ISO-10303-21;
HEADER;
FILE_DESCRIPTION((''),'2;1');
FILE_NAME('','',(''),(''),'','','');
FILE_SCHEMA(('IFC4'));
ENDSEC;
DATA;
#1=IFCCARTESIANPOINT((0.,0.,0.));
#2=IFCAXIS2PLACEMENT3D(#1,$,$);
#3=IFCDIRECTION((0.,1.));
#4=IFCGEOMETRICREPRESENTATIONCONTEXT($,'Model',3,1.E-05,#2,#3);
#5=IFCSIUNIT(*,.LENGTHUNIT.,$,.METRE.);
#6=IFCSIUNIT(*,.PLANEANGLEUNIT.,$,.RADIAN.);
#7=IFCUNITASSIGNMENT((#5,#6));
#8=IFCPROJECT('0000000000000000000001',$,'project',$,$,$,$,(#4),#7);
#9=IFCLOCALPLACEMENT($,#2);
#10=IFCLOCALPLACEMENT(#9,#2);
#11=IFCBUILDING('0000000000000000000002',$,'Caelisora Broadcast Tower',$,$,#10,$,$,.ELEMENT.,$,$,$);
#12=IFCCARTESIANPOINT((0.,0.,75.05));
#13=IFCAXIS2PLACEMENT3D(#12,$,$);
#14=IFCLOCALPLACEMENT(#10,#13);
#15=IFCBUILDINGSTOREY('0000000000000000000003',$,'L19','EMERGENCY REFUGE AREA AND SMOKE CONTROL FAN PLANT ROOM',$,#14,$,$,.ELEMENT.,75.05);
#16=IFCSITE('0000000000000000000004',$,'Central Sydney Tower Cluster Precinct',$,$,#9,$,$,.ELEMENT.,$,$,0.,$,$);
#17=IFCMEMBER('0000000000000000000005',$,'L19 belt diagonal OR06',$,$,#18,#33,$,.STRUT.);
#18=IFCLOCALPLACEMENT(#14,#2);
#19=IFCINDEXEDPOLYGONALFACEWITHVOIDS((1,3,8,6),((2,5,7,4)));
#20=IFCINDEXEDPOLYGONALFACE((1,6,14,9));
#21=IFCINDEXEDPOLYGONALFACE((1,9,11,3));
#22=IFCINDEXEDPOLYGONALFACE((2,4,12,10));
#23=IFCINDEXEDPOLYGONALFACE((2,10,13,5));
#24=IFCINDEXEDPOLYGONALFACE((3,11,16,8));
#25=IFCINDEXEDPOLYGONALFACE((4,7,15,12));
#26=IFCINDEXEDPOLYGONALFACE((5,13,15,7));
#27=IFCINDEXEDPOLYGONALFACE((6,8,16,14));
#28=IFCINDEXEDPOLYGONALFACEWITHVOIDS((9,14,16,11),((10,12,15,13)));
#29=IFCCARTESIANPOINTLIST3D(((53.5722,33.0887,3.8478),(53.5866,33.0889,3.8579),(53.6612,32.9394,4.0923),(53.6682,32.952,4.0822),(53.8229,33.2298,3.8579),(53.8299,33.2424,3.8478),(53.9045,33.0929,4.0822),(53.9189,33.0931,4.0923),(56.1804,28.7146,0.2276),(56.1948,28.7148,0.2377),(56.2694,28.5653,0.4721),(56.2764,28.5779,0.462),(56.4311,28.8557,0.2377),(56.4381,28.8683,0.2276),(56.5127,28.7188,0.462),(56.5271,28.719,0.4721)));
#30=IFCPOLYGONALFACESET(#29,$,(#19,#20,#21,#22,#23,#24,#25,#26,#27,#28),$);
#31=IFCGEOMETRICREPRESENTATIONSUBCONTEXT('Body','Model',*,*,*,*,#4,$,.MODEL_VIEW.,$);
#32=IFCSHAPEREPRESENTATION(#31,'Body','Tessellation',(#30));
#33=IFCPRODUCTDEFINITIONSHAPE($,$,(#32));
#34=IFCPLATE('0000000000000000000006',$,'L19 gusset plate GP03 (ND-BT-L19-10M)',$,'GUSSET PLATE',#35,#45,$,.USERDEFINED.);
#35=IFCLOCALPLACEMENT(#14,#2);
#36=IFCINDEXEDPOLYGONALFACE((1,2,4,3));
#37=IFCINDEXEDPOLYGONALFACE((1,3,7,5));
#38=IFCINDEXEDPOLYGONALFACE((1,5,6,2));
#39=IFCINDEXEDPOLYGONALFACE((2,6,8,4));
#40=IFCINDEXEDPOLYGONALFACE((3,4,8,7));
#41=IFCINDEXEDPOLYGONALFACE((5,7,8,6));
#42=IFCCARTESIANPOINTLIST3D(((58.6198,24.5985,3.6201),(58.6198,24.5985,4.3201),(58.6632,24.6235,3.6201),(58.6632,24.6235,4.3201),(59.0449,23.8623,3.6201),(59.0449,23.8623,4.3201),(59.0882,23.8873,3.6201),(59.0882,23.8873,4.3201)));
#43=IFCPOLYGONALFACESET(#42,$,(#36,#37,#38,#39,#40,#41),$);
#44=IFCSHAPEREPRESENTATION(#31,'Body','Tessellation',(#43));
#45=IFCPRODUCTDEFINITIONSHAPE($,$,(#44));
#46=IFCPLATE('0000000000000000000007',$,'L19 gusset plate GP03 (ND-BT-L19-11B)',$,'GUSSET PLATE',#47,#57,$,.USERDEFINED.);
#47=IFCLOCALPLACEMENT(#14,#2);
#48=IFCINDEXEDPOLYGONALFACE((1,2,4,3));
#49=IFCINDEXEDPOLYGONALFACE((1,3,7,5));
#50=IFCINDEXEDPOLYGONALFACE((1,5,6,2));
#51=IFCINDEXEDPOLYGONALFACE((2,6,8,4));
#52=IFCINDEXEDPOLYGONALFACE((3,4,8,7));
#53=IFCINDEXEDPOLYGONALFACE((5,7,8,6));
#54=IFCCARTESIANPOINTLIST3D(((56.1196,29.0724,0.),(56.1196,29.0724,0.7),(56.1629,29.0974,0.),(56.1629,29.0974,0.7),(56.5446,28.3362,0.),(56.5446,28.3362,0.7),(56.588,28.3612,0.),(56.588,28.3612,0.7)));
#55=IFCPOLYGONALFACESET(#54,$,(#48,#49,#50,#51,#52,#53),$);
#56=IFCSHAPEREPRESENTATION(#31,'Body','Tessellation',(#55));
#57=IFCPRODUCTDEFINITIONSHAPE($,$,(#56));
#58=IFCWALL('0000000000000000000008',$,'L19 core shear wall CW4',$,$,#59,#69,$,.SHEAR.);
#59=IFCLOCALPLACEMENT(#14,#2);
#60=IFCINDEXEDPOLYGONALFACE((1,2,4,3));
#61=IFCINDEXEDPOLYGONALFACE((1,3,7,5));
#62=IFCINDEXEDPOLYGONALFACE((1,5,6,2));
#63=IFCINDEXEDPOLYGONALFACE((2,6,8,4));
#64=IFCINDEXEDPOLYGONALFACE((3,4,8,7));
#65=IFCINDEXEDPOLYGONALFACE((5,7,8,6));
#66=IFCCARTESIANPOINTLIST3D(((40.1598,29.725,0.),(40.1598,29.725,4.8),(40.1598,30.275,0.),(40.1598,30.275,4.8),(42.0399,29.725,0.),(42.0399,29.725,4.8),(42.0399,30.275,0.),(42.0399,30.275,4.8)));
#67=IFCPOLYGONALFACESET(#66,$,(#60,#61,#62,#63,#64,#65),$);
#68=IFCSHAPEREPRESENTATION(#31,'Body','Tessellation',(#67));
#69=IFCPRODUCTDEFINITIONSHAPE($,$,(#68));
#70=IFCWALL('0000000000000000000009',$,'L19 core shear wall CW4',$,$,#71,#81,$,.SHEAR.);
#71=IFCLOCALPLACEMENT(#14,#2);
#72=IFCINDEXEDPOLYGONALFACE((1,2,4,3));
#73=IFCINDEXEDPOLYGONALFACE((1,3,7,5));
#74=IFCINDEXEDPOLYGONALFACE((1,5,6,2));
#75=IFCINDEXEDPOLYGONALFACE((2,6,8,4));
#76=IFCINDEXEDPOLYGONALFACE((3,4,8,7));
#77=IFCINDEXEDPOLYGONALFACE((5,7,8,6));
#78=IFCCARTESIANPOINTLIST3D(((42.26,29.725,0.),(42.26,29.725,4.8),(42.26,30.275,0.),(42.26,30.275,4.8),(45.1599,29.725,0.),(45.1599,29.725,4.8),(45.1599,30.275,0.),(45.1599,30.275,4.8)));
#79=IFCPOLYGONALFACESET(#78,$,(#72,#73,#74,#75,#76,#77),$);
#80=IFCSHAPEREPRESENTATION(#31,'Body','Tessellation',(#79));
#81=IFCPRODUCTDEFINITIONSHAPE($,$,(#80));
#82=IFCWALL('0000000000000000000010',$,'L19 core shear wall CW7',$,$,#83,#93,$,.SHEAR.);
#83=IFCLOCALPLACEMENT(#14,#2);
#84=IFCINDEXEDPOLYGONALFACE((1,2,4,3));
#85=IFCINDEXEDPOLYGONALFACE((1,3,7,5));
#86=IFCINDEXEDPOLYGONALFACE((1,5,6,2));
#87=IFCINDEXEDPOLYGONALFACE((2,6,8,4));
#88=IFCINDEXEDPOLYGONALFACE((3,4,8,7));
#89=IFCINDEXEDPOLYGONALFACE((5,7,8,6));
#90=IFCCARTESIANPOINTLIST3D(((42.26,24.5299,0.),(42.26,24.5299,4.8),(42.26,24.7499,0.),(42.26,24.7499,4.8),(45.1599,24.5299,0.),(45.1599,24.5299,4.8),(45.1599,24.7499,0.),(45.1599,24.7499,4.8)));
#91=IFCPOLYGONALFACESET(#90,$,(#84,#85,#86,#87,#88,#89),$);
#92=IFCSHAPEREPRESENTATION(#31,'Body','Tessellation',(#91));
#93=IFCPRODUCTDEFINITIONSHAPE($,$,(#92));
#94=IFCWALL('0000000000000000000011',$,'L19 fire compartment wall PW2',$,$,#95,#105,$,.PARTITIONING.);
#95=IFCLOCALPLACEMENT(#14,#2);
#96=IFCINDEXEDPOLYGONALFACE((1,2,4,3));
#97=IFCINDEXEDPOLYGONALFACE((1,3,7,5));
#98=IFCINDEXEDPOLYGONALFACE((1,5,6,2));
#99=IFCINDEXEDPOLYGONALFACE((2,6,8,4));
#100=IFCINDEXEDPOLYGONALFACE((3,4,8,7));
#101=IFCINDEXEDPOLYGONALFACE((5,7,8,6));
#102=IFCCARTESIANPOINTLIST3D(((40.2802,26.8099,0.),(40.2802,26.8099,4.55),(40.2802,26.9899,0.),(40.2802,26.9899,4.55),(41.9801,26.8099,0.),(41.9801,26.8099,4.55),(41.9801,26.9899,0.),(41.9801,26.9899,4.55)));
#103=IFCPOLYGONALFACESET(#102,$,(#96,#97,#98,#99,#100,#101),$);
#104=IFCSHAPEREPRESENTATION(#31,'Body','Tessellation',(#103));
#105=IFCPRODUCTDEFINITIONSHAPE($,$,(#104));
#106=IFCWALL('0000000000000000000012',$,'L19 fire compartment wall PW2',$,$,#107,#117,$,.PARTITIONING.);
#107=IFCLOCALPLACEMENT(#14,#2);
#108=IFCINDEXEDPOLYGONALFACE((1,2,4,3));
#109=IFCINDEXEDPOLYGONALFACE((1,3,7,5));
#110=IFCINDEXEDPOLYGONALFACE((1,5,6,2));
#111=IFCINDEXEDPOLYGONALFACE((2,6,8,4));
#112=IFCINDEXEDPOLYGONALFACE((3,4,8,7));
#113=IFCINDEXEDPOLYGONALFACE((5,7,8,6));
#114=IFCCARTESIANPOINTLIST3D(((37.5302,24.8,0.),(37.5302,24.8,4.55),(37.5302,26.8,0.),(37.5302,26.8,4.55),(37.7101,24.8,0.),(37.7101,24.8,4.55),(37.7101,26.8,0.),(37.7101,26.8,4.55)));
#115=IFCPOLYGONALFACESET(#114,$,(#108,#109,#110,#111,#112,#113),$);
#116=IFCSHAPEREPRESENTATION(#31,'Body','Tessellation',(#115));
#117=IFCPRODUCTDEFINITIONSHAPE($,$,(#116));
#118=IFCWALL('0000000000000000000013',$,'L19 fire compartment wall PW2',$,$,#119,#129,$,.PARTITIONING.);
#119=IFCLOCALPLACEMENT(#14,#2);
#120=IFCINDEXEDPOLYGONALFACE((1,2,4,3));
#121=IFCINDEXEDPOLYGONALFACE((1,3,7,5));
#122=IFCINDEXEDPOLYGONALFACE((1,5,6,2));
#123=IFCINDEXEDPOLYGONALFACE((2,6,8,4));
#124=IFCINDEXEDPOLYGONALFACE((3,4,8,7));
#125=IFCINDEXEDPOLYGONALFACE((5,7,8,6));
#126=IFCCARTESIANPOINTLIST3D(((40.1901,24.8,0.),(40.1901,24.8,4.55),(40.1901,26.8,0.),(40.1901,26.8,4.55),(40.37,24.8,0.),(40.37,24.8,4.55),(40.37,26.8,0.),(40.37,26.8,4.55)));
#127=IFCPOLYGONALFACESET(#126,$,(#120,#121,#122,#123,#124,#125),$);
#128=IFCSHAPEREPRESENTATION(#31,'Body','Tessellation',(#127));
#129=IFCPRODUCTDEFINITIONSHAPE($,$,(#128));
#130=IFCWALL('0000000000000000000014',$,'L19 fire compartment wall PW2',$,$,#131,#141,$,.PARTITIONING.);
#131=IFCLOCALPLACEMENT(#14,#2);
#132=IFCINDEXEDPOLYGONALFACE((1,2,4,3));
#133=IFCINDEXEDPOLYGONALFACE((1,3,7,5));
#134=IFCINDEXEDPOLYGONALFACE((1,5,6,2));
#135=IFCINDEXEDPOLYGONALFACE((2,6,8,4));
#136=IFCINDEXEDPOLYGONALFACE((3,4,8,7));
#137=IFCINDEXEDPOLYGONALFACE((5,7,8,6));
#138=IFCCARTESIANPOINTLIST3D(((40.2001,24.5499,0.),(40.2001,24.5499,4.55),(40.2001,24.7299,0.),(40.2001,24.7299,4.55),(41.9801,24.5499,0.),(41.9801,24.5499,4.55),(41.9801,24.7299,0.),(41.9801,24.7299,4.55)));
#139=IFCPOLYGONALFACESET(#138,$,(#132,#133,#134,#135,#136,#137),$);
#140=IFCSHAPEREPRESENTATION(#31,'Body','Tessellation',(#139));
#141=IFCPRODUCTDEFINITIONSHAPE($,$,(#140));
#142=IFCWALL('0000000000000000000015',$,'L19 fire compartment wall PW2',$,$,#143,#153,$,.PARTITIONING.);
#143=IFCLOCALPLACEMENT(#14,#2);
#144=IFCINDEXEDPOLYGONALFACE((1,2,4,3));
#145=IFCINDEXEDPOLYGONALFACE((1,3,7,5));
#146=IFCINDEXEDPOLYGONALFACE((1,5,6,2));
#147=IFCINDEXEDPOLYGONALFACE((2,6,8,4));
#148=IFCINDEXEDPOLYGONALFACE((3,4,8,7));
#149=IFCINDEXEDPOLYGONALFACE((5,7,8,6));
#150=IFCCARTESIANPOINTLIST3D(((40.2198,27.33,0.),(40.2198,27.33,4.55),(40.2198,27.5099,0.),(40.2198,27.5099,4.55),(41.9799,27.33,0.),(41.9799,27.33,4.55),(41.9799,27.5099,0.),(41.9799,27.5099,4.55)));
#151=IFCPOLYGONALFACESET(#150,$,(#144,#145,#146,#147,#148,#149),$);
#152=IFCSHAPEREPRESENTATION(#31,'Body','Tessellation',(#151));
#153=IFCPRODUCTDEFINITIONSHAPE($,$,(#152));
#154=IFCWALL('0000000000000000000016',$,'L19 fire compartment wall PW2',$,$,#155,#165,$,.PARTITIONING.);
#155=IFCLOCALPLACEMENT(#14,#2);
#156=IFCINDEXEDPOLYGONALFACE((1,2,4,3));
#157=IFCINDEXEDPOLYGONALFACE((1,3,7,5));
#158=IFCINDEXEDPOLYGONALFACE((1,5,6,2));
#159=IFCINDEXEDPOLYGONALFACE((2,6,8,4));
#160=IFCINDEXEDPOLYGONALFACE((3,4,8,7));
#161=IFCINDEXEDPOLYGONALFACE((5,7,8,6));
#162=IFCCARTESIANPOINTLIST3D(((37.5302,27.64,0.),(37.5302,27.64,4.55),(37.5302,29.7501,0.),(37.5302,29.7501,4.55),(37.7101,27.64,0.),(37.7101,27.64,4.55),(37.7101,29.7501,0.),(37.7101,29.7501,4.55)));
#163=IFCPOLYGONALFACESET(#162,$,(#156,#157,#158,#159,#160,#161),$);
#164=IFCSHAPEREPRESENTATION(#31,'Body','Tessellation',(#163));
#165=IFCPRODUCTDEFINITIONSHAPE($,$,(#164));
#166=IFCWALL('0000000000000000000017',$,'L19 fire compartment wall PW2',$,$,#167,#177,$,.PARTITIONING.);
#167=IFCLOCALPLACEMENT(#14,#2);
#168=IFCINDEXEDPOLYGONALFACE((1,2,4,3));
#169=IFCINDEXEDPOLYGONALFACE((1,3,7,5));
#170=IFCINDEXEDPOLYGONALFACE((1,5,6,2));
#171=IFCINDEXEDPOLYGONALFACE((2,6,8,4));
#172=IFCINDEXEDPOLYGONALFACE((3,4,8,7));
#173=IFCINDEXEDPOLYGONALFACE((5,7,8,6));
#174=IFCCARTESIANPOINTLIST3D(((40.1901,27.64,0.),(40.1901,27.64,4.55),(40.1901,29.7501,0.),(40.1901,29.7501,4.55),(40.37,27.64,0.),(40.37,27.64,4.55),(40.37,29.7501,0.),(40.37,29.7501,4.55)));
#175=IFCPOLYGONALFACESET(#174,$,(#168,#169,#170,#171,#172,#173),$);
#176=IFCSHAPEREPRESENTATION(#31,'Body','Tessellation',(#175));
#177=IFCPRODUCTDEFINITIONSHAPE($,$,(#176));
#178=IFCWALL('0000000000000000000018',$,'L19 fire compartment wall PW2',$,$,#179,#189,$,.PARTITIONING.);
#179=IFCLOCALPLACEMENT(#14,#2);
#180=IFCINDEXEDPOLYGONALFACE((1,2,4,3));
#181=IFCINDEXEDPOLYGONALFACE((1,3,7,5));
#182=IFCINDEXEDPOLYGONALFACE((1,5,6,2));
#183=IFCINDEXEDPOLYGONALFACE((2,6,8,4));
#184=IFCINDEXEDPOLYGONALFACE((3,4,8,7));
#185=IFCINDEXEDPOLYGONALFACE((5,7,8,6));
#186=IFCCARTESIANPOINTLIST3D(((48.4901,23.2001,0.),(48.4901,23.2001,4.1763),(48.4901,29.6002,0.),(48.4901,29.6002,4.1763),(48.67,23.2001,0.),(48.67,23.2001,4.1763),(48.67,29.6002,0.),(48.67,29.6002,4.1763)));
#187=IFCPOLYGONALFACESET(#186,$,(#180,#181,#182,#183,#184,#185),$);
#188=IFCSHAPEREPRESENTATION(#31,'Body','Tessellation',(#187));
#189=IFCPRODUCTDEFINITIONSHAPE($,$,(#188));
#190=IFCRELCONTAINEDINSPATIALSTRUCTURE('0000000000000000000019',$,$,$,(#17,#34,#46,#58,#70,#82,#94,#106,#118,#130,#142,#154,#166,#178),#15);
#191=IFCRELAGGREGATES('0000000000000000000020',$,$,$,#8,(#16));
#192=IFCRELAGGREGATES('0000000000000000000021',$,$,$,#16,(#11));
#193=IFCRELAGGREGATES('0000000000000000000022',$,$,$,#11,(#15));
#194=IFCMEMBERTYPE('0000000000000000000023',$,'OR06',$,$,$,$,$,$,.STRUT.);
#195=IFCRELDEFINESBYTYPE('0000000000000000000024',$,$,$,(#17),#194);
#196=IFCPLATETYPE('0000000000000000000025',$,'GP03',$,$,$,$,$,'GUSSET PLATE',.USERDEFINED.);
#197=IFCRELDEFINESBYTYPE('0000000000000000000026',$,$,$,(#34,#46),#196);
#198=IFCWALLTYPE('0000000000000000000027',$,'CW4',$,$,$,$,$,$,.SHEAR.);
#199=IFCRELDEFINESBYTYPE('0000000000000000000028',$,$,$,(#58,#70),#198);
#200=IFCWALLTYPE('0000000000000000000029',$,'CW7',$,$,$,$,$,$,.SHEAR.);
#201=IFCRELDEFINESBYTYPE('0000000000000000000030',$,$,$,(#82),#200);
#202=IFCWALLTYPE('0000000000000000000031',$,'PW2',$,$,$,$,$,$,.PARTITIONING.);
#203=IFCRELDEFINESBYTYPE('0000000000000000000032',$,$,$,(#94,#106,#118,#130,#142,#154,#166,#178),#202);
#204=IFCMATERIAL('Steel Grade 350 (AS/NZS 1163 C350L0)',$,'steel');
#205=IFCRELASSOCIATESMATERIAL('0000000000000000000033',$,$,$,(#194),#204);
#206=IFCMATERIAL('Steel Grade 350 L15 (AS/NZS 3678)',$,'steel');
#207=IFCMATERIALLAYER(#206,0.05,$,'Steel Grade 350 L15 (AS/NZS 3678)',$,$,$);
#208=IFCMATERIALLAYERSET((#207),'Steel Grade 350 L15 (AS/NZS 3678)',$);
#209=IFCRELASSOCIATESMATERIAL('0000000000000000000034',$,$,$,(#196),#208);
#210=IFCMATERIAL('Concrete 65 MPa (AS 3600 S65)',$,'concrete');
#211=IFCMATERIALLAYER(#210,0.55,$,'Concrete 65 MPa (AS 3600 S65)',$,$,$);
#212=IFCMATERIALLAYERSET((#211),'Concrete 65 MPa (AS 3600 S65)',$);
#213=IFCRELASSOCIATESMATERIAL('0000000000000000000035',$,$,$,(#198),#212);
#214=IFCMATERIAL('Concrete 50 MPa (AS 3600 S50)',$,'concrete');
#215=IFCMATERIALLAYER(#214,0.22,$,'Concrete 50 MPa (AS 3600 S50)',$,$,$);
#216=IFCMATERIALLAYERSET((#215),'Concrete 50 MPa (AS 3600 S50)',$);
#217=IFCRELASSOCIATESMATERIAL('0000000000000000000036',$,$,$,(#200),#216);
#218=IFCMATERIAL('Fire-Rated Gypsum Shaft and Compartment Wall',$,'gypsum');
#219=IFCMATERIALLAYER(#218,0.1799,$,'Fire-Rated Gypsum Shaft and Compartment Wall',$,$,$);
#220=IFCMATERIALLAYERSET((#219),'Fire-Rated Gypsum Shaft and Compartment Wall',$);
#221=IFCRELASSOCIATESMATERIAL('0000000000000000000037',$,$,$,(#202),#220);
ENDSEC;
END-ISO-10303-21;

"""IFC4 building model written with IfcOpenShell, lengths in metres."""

from ifc_helpers import new_model, si_unit, direction, frame, frame_2d, origin, origin_2d, place, context, subcontext, project, spatial, rectangle, hollow_rectangle, extrude, source, transform, mapped, material, layer, layer_set, material_profile, profile_set, type_object, type_shapes, element, save


model = new_model("IFC4")

# Units and contexts
model_context = context("Model", 3, precision=1e-05, world=origin(), true_north=direction((0.0, 1.0)))
body_context = subcontext(model_context, "Body", "Model", "MODEL_VIEW")
ifc_project = project(units=[si_unit("LENGTHUNIT", "METRE"), si_unit("PLANEANGLEUNIT", "RADIAN")], contexts=[model_context])

# Site, building, storey
site_placement = place(None, origin())
site = spatial("IfcSite", under=ifc_project, at=site_placement, Name="Central Sydney Tower Cluster Precinct", CompositionType="ELEMENT", RefElevation=0.0)
building_placement = place(site_placement, origin())
building = spatial("IfcBuilding", under=site, at=building_placement, Name="Caelisora Broadcast Tower", CompositionType="ELEMENT")
storey_placement = place(building_placement, frame((0.0, 0.0, 75.05)))
storey = spatial("IfcBuildingStorey", under=building, at=storey_placement, Name="L19", Description="EMERGENCY REFUGE AREA AND SMOKE CONTROL FAN PLANT ROOM", CompositionType="ELEMENT", Elevation=75.05)

# Shared definitions
ifc_material_1 = material(Name="Steel Grade 350 L15 (AS/NZS 3678)", Category="steel")

# Shared definitions
ifc_material_2 = material(Name="Steel Grade 350 (AS/NZS 1163 C350L0)", Category="steel")

# Member
ifc_material_profile_1 = material_profile(ifc_material_2, hollow_rectangle(XDim=0.3, YDim=0.3, WallThickness=0.0125, at=origin_2d()), Name="Steel Grade 350 (AS/NZS 1163 C350L0)")
ifc_profile_set_1 = profile_set([ifc_material_profile_1], Name="Steel Grade 350 (AS/NZS 1163 C350L0)")
member_type_1 = type_object("IfcMemberType", Name="OR06", PredefinedType="STRUT", material=ifc_profile_set_1)
shared_shape_1 = source(origin(), body_context, "Body", "SweptSolid", [
    extrude(hollow_rectangle(XDim=0.3, YDim=0.3, WallThickness=0.0125, at=origin_2d()), origin(), (0.0, 0.0, 1.0), 6.2483),
])
member_1_placement = place(storey_placement, frame((56.3538, 28.7168, 0.3499), z_axis=(-0.417426, 0.700047, 0.579387), x_axis=(-0.858898, -0.512146, 0.0)))
element("IfcMember", 1, at=member_1_placement, inside=storey, type_object=member_type_1, Name="L19 belt diagonal OR06", PredefinedType="STRUT", context=body_context, shape_type="MappedRepresentation", body=[
    mapped(shared_shape_1, transform((0.0, 0.0, 0.0), scale=1.0)),
])

# Plates
ifc_layer_1 = layer(ifc_material_1, 0.05, Name="Steel Grade 350 L15 (AS/NZS 3678)")
ifc_layer_set_1 = layer_set([ifc_layer_1], Name="Steel Grade 350 L15 (AS/NZS 3678)")
plate_type = type_object("IfcPlateType", Name="GP03", ElementType="GUSSET PLATE", PredefinedType="USERDEFINED", material=ifc_layer_set_1)
shared_shape_2 = source(origin(), body_context, "Body", "SweptSolid", [
    extrude(rectangle(XDim=0.8501, YDim=0.05, at=origin_2d()), origin(), (0.0, 0.0, 1.0), 0.7),
])
type_shapes(plate_type, [shared_shape_2])
for number, where, z_axis, x_axis, name in (
    (2, (58.854, 24.2429, 3.6201), (0.0, 0.0, 1.0), (-0.5, 0.866025, 0.0), "L19 gusset plate GP03 (ND-BT-L19-10M)"),
    (3, (56.3538, 28.7168, 0.0), (0.0, 0.0, 1.0), (-0.5, 0.866025, 0.0), "L19 gusset plate GP03 (ND-BT-L19-11B)"),
):
    element("IfcPlate", number, at=place(storey_placement, frame(where, z_axis=z_axis, x_axis=x_axis)), inside=storey, type_object=plate_type, Name=name, ObjectType="GUSSET PLATE", PredefinedType="USERDEFINED", context=body_context, shape_type="MappedRepresentation", body=[
        mapped(shared_shape_2, transform((0.0, 0.0, 0.0), scale=1.0)),
    ])

# Walls
ifc_material_3 = material(Name="Concrete 65 MPa (AS 3600 S65)", Category="concrete")
ifc_layer_2 = layer(ifc_material_3, 0.55, Name="Concrete 65 MPa (AS 3600 S65)")
ifc_layer_set_2 = layer_set([ifc_layer_2], Name="Concrete 65 MPa (AS 3600 S65)")
wall_type_1 = type_object("IfcWallType", Name="CW4", PredefinedType="SHEAR", material=ifc_layer_set_2)
wall_1_placement = place(storey_placement, frame((40.1599, 30.0, 0.0), z_axis=(0.0, 0.0, 1.0), x_axis=(1.0, 0.0, 0.0)))
element("IfcWall", 4, at=wall_1_placement, inside=storey, type_object=wall_type_1, Name="L19 core shear wall CW4", PredefinedType="SHEAR", context=body_context, shape_type="SweptSolid", body=[
    extrude(rectangle(XDim=1.8801, YDim=0.55, at=frame_2d((0.9399, 0.0))), origin(), (0.0, 0.0, 1.0), 4.8),
])
wall_2_placement = place(storey_placement, frame((42.26, 30.0, 0.0), z_axis=(0.0, 0.0, 1.0), x_axis=(1.0, 0.0, 0.0)))
element("IfcWall", 5, at=wall_2_placement, inside=storey, type_object=wall_type_1, Name="L19 core shear wall CW4", PredefinedType="SHEAR", context=body_context, shape_type="SweptSolid", body=[
    extrude(rectangle(XDim=2.8999, YDim=0.55, at=frame_2d((1.45, 0.0))), origin(), (0.0, 0.0, 1.0), 4.8),
])
ifc_material_4 = material(Name="Concrete 50 MPa (AS 3600 S50)", Category="concrete")
ifc_layer_3 = layer(ifc_material_4, 0.22, Name="Concrete 50 MPa (AS 3600 S50)")
ifc_layer_set_3 = layer_set([ifc_layer_3], Name="Concrete 50 MPa (AS 3600 S50)")
wall_type_2 = type_object("IfcWallType", Name="CW7", PredefinedType="SHEAR", material=ifc_layer_set_3)
wall_3_placement = place(storey_placement, frame((42.26, 24.6399, 0.0), z_axis=(0.0, 0.0, 1.0), x_axis=(1.0, 0.0, 0.0)))
element("IfcWall", 6, at=wall_3_placement, inside=storey, type_object=wall_type_2, Name="L19 core shear wall CW7", PredefinedType="SHEAR", context=body_context, shape_type="SweptSolid", body=[
    extrude(rectangle(XDim=2.8999, YDim=0.22, at=frame_2d((1.45, 0.0))), origin(), (0.0, 0.0, 1.0), 4.8),
])
ifc_material_5 = material(Name="Fire-Rated Gypsum Shaft and Compartment Wall", Category="gypsum")
ifc_layer_4 = layer(ifc_material_5, 0.1799, Name="Fire-Rated Gypsum Shaft and Compartment Wall")
ifc_layer_set_4 = layer_set([ifc_layer_4], Name="Fire-Rated Gypsum Shaft and Compartment Wall")
wall_type_3 = type_object("IfcWallType", Name="PW2", PredefinedType="PARTITIONING", material=ifc_layer_set_4)
wall_4_placement = place(storey_placement, frame((40.28, 26.8999, 0.0), z_axis=(0.0, 0.0, 1.0), x_axis=(1.0, 0.0, 0.0)))
element("IfcWall", 7, at=wall_4_placement, inside=storey, type_object=wall_type_3, Name="L19 fire compartment wall PW2", PredefinedType="PARTITIONING", context=body_context, shape_type="SweptSolid", body=[
    extrude(rectangle(XDim=1.7, YDim=0.1799, at=frame_2d((0.8501, 0.0))), origin(), (0.0, 0.0, 1.0), 4.55),
])
for number, where, z_axis, x_axis, name in (
    (8, (37.6201, 24.8, 0.0), (0.0, 0.0, 1.0), (0.0, 1.0, 0.0), "L19 fire compartment wall PW2"),
    (9, (40.28, 24.8, 0.0), (0.0, 0.0, 1.0), (0.0, 1.0, 0.0), "L19 fire compartment wall PW2"),
):
    element("IfcWall", number, at=place(storey_placement, frame(where, z_axis=z_axis, x_axis=x_axis)), inside=storey, type_object=wall_type_3, Name=name, PredefinedType="PARTITIONING", context=body_context, shape_type="SweptSolid", body=[
        extrude(rectangle(XDim=2.0, YDim=0.1799, at=frame_2d((1.0, 0.0))), origin(), (0.0, 0.0, 1.0), 4.55),
    ])
wall_5_placement = place(storey_placement, frame((40.2, 24.6399, 0.0), z_axis=(0.0, 0.0, 1.0), x_axis=(1.0, 0.0, 0.0)))
element("IfcWall", 10, at=wall_5_placement, inside=storey, type_object=wall_type_3, Name="L19 fire compartment wall PW2", PredefinedType="PARTITIONING", context=body_context, shape_type="SweptSolid", body=[
    extrude(rectangle(XDim=1.78, YDim=0.1799, at=frame_2d((0.8901, 0.0))), origin(), (0.0, 0.0, 1.0), 4.55),
])
wall_6_placement = place(storey_placement, frame((40.22, 27.4199, 0.0), z_axis=(0.0, 0.0, 1.0), x_axis=(1.0, 0.0, 0.0)))
element("IfcWall", 11, at=wall_6_placement, inside=storey, type_object=wall_type_3, Name="L19 fire compartment wall PW2", PredefinedType="PARTITIONING", context=body_context, shape_type="SweptSolid", body=[
    extrude(rectangle(XDim=1.76, YDim=0.1799, at=frame_2d((0.8799, 0.0))), origin(), (0.0, 0.0, 1.0), 4.55),
])
for number, where, z_axis, x_axis, name in (
    (12, (37.6201, 27.6399, 0.0), (0.0, 0.0, 1.0), (0.0, 1.0, 0.0), "L19 fire compartment wall PW2"),
    (13, (40.28, 27.6399, 0.0), (0.0, 0.0, 1.0), (0.0, 1.0, 0.0), "L19 fire compartment wall PW2"),
):
    element("IfcWall", number, at=place(storey_placement, frame(where, z_axis=z_axis, x_axis=x_axis)), inside=storey, type_object=wall_type_3, Name=name, PredefinedType="PARTITIONING", context=body_context, shape_type="SweptSolid", body=[
        extrude(rectangle(XDim=2.1101, YDim=0.1799, at=frame_2d((1.0552, 0.0))), origin(), (0.0, 0.0, 1.0), 4.55),
    ])
wall_7_placement = place(storey_placement, frame((48.5801, 23.2, 0.0), z_axis=(0.0, 0.0, 1.0), x_axis=(0.0, 1.0, 0.0)))
element("IfcWall", 14, at=wall_7_placement, inside=storey, type_object=wall_type_3, Name="L19 fire compartment wall PW2", PredefinedType="PARTITIONING", context=body_context, shape_type="SweptSolid", body=[
    extrude(rectangle(XDim=6.4001, YDim=0.1799, at=frame_2d((3.2002, 0.0))), origin(), (0.0, 0.0, 1.0), 4.1763),
])

save(model, "model.ifc")
